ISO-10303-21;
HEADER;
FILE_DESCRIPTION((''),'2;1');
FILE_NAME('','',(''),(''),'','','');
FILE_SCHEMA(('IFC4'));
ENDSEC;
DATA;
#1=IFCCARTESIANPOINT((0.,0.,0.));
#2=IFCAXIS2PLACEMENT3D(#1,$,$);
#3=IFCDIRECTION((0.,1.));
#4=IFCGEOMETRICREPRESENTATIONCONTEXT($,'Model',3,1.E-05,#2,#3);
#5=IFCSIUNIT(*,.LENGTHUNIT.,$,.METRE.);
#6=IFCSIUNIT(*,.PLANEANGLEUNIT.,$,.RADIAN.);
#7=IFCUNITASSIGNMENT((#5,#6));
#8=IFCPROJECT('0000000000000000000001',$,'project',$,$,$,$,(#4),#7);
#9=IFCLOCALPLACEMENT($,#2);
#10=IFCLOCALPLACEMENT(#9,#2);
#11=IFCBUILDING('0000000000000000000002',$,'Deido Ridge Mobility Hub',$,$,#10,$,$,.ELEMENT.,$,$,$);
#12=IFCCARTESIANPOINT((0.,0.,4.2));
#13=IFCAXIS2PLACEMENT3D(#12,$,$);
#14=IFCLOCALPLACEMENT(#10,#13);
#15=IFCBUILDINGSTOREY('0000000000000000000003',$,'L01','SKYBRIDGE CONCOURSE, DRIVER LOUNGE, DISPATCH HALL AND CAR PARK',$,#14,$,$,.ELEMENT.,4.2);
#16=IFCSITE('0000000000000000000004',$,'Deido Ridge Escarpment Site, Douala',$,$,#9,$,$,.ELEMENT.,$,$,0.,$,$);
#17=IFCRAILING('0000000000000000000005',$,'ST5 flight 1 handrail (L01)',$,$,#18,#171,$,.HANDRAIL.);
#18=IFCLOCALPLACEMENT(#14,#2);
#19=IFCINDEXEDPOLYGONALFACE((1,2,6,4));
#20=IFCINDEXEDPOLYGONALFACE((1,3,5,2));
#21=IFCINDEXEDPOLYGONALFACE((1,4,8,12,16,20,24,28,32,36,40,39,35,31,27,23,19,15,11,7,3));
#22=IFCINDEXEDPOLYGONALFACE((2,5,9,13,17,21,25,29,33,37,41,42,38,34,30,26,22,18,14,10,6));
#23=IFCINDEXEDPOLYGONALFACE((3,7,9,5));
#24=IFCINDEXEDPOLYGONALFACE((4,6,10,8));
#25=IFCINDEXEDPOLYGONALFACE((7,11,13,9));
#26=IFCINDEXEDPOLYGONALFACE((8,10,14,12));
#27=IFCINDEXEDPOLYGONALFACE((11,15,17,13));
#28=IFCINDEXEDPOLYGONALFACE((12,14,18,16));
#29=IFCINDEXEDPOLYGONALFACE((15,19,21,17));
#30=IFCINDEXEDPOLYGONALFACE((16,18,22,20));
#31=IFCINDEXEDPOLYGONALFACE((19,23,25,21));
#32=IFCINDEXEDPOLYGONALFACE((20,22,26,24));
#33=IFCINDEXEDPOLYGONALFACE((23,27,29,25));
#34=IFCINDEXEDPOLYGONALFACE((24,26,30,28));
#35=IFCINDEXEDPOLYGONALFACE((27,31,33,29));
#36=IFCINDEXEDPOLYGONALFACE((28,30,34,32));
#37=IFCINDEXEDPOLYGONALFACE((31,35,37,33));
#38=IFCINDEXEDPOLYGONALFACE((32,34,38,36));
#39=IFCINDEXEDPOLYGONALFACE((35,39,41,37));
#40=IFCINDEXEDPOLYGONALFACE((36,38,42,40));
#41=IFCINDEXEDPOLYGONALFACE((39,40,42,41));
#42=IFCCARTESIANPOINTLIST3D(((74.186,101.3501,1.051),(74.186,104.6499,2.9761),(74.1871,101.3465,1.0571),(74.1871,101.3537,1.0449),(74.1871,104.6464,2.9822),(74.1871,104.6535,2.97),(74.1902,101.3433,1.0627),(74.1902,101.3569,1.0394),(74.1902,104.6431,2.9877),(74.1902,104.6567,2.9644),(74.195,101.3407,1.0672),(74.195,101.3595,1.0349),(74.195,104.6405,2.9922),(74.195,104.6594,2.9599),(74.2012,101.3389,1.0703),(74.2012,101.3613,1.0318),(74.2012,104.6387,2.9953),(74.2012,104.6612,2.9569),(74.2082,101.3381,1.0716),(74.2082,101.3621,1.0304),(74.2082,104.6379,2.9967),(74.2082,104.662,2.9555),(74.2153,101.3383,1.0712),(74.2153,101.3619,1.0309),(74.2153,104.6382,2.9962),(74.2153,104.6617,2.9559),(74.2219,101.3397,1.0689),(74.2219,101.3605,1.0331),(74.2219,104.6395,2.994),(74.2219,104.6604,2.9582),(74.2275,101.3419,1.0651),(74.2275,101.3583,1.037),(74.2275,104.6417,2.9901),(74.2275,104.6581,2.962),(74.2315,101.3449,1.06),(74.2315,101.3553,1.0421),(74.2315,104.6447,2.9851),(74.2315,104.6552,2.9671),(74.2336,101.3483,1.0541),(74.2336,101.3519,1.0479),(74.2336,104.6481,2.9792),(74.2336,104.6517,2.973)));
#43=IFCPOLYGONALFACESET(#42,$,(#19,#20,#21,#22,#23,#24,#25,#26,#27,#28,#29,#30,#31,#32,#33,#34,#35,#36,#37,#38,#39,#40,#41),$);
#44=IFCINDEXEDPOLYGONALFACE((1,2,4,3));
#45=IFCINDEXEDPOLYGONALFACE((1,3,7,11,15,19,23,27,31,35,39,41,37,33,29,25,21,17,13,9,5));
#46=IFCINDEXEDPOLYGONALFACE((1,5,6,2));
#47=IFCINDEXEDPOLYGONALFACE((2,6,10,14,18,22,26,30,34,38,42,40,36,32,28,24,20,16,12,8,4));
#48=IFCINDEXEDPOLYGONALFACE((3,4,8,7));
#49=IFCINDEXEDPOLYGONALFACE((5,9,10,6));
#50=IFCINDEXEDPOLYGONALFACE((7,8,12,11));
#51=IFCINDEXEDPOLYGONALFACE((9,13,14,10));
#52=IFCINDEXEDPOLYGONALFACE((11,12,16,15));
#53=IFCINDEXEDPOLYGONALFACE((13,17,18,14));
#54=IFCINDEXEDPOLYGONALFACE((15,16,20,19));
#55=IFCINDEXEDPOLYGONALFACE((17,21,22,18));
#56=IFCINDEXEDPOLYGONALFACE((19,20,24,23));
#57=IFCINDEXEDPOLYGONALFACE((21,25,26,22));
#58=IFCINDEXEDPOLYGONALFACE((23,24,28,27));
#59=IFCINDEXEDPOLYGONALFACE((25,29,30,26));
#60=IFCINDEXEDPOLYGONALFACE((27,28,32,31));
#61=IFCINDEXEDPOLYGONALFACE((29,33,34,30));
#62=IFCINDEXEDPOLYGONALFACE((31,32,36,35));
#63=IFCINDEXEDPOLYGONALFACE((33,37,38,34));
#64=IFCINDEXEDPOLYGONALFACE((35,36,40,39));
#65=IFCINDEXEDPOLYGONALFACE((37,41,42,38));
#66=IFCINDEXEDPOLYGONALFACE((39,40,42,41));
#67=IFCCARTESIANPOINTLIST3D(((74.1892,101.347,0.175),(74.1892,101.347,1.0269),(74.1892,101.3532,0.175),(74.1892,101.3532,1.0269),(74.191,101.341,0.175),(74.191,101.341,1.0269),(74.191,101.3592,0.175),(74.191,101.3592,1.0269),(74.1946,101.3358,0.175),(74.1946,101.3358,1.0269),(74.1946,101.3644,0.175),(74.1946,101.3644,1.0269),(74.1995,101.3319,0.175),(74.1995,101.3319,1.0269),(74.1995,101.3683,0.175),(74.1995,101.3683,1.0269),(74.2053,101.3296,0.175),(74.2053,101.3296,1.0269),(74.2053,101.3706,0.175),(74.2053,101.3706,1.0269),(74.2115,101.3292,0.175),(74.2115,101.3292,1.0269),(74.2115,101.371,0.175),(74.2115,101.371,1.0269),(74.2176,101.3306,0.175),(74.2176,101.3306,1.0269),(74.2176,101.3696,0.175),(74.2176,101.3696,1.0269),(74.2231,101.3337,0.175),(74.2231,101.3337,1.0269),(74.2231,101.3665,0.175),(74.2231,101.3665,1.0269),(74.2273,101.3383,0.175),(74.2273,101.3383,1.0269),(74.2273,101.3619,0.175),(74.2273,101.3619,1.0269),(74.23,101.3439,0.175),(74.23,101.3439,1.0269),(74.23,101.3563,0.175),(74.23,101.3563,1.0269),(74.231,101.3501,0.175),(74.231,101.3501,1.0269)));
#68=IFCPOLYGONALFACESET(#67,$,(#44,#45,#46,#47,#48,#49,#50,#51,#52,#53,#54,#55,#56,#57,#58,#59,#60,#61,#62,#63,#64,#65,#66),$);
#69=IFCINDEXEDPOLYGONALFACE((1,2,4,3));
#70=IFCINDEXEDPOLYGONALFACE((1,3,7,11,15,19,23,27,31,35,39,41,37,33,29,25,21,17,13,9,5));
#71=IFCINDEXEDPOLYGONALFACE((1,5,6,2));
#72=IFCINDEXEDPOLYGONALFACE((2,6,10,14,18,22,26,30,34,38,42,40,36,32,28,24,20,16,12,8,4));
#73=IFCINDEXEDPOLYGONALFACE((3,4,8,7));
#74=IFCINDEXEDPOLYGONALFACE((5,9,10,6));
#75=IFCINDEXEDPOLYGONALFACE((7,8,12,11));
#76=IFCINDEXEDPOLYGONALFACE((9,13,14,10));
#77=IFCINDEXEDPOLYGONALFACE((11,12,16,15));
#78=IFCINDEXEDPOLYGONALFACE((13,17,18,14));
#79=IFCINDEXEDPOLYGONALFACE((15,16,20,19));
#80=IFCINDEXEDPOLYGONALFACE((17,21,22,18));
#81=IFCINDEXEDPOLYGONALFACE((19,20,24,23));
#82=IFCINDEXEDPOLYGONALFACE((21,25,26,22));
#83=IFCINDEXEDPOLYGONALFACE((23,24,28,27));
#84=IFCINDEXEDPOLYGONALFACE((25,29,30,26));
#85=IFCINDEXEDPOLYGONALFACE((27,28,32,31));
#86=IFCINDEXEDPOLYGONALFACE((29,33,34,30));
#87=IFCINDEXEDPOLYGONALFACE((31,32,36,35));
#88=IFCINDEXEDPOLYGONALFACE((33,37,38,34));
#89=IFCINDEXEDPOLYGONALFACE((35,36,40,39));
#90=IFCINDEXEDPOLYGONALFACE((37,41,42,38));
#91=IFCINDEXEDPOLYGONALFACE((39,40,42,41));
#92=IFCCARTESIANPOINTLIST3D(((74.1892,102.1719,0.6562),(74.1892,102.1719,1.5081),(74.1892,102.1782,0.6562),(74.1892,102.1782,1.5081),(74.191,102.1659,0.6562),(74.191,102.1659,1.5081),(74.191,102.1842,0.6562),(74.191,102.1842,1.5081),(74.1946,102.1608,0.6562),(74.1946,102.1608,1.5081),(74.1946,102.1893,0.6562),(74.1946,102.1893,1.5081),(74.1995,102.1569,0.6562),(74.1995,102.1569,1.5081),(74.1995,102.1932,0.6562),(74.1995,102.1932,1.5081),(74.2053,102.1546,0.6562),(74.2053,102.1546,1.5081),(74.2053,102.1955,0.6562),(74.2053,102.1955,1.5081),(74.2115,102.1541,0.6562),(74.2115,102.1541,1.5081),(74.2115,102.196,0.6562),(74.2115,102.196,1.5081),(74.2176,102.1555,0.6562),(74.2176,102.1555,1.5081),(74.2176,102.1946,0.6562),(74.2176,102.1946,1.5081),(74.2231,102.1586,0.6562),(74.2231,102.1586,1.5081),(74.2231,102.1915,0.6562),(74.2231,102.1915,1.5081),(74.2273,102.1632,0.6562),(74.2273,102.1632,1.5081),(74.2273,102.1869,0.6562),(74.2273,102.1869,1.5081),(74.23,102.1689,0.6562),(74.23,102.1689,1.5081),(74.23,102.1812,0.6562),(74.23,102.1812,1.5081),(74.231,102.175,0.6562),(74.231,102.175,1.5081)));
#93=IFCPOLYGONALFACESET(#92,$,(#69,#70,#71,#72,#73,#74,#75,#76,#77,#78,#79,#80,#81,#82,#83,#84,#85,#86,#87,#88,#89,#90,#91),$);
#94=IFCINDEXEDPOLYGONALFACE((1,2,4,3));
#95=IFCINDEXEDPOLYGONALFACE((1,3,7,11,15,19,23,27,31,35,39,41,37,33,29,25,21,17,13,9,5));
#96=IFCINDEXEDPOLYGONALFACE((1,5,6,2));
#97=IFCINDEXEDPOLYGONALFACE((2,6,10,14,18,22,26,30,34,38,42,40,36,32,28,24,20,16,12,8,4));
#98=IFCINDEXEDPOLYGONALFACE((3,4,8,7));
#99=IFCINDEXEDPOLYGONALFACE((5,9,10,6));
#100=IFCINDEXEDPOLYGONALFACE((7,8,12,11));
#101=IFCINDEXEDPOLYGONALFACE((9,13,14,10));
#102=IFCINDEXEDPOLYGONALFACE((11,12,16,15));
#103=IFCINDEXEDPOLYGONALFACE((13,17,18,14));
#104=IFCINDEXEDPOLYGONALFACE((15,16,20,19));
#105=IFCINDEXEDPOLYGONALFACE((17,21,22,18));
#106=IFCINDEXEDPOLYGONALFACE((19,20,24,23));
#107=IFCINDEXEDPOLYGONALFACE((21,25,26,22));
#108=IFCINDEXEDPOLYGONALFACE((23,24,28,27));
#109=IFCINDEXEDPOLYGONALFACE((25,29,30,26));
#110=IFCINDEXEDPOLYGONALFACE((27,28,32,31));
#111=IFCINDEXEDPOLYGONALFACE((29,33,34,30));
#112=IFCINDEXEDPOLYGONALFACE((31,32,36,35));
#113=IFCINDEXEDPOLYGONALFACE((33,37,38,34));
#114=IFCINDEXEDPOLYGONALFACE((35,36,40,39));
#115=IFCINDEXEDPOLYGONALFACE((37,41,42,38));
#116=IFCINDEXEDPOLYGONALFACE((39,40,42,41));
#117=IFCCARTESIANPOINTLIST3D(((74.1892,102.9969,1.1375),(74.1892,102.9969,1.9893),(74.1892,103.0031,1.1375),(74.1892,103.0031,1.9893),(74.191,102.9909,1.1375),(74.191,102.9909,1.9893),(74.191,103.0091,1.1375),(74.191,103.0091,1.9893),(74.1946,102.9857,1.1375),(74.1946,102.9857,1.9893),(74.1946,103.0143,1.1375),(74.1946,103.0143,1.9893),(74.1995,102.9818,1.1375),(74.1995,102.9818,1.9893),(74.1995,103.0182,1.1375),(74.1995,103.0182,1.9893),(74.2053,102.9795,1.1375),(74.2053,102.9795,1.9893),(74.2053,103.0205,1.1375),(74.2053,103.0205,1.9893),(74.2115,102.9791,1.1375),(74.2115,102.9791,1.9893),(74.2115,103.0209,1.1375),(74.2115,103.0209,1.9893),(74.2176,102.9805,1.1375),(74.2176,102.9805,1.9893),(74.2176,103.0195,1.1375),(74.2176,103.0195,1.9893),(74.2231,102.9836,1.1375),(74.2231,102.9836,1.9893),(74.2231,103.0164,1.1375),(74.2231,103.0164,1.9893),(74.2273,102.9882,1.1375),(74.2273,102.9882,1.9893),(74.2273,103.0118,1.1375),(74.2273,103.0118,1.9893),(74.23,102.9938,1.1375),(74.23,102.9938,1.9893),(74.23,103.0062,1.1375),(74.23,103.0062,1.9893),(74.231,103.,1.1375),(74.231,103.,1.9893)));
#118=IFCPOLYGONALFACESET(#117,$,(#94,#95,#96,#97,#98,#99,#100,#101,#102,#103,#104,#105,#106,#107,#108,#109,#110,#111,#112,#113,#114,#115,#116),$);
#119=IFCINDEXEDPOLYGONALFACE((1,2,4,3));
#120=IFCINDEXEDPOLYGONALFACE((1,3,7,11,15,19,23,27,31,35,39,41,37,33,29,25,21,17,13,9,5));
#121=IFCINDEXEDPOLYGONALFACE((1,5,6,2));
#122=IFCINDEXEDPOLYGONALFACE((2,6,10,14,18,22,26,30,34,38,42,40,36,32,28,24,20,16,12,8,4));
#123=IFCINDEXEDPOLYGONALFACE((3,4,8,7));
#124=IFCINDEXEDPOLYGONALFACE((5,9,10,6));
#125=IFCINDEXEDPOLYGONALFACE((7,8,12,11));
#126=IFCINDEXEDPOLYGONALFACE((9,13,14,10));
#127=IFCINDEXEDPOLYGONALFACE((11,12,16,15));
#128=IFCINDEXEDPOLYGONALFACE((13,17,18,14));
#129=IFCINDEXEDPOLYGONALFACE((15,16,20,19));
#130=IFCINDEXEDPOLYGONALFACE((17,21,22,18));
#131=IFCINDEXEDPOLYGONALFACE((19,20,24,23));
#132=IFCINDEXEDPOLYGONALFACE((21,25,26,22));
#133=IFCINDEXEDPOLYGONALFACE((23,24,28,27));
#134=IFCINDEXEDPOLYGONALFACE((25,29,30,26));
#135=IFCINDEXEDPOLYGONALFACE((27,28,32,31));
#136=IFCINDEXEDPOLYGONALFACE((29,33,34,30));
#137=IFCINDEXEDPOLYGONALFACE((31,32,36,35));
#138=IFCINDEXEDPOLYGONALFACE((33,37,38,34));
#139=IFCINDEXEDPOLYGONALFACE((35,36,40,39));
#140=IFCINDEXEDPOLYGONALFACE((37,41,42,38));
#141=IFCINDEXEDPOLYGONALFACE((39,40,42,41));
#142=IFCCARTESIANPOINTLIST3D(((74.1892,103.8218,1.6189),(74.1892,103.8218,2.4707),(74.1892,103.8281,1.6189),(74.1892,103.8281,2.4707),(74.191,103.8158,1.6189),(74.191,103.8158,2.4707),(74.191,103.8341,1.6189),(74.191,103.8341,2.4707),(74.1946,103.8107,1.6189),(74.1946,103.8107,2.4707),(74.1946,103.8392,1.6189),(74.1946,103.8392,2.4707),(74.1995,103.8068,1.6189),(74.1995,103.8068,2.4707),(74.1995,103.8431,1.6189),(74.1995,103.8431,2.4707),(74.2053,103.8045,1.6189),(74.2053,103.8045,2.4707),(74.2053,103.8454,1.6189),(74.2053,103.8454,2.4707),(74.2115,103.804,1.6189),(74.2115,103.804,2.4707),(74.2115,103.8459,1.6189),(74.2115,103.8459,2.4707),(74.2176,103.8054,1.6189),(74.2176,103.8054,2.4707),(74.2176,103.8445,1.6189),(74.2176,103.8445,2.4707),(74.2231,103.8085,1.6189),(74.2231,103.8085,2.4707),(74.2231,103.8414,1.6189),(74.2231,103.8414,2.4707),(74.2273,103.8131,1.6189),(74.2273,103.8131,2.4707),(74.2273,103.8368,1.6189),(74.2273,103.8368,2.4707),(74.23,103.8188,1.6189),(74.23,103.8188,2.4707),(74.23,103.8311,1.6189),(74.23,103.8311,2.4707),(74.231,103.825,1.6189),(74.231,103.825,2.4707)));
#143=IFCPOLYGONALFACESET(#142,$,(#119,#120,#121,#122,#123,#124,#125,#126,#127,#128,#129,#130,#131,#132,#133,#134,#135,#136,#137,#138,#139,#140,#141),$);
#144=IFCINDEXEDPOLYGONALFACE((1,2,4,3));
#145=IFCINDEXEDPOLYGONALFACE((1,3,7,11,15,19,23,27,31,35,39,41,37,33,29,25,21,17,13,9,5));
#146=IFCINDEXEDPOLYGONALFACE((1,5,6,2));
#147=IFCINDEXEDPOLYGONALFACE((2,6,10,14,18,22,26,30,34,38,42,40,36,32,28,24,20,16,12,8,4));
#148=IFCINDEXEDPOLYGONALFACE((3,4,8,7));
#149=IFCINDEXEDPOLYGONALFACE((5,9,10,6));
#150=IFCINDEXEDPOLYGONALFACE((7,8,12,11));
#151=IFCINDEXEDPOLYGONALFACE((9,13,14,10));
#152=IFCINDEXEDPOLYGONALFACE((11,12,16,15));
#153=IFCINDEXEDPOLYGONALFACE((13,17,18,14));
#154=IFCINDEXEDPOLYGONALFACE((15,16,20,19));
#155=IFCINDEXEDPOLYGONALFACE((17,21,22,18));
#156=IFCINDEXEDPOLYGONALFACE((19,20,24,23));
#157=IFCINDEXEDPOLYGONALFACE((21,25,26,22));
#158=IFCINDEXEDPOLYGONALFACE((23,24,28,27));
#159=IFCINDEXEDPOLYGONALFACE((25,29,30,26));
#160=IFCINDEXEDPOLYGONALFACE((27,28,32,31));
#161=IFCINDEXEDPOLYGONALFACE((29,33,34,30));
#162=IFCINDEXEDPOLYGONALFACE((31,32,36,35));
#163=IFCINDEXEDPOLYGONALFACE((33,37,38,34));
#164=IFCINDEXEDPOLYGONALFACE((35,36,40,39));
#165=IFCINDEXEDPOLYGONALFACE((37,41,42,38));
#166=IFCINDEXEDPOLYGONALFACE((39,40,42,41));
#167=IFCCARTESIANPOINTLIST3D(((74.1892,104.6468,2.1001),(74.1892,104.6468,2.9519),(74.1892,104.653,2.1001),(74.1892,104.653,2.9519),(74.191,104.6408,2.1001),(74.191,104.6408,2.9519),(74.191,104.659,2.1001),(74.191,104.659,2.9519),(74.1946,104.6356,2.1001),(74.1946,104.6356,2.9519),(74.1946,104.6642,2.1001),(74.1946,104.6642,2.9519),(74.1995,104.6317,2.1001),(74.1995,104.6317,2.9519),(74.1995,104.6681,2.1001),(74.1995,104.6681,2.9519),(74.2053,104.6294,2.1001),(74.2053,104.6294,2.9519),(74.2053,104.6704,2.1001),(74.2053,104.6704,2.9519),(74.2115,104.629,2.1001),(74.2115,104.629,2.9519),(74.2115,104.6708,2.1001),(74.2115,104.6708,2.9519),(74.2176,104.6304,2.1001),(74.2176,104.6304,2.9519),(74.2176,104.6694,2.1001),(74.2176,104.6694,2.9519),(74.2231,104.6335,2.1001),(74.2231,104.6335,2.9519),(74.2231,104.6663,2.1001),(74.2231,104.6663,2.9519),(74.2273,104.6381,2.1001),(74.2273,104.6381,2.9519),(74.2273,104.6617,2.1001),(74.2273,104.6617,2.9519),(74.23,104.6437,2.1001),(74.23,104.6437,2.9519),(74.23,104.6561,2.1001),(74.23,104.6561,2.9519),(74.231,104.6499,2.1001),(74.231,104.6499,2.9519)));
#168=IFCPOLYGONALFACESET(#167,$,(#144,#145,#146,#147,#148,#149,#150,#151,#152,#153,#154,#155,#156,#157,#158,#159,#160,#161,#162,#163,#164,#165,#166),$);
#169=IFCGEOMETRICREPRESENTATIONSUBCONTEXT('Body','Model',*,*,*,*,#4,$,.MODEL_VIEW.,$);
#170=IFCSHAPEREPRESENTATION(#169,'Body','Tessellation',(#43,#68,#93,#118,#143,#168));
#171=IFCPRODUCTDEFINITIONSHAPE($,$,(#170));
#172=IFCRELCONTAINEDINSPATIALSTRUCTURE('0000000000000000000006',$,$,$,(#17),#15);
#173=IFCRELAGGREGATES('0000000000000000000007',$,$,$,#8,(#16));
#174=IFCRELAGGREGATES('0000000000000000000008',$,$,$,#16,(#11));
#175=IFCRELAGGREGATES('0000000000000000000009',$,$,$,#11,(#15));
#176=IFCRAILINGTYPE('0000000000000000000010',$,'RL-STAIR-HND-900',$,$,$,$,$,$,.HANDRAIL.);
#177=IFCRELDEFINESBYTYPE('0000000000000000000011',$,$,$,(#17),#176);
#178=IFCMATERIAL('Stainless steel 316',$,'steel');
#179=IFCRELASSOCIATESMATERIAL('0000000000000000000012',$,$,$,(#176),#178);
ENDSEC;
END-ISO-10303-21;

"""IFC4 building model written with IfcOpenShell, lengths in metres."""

from ifc_helpers import new_model, si_unit, direction, frame, origin, origin_2d, place, context, subcontext, project, spatial, circle, extrude, material, type_object, element, save


model = new_model("IFC4")

# Units and contexts
model_context = context("Model", 3, precision=1e-05, world=origin(), true_north=direction((0.0, 1.0)))
body_context = subcontext(model_context, "Body", "Model", "MODEL_VIEW")
ifc_project = project(units=[si_unit("LENGTHUNIT", "METRE"), si_unit("PLANEANGLEUNIT", "RADIAN")], contexts=[model_context])

# Site, building, storey
site_placement = place(None, origin())
site = spatial("IfcSite", under=ifc_project, at=site_placement, Name="Deido Ridge Escarpment Site, Douala", CompositionType="ELEMENT", RefElevation=0.0)
building_placement = place(site_placement, origin())
building = spatial("IfcBuilding", under=site, at=building_placement, Name="Deido Ridge Mobility Hub", CompositionType="ELEMENT")
storey_placement = place(building_placement, frame((0.0, 0.0, 4.2)))
storey = spatial("IfcBuildingStorey", under=building, at=storey_placement, Name="L01", Description="SKYBRIDGE CONCOURSE, DRIVER LOUNGE, DISPATCH HALL AND CAR PARK", CompositionType="ELEMENT", Elevation=4.2)

# Railing
ifc_material_1 = material(Name="Stainless steel 316", Category="steel")
railing_type_1 = type_object("IfcRailingType", Name="RL-STAIR-HND-900", PredefinedType="HANDRAIL", material=ifc_material_1)
railing_1_placement = place(storey_placement, frame((74.21, 101.3501, 0.175)))
element("IfcRailing", 1, at=railing_1_placement, inside=storey, type_object=railing_type_1, Name="ST5 flight 1 handrail (L01)", PredefinedType="HANDRAIL", context=body_context, shape_type="SweptSolid", body=[
    extrude(circle(Radius=0.0239, at=origin_2d()), frame((0.0, 0.0, 0.876), z_axis=(0.0, 0.86376, 0.503903), x_axis=(-1.0, 0.0, 0.0)), (0.0, 0.0, 1.0), 3.8203),
    extrude(circle(Radius=0.021, at=origin_2d()), origin(), (0.0, 0.0, 1.0), 0.8518),
    extrude(circle(Radius=0.021, at=origin_2d()), frame((0.0, 0.825, 0.4812)), (0.0, 0.0, 1.0), 0.8518),
    extrude(circle(Radius=0.021, at=origin_2d()), frame((0.0, 1.6499, 0.9624)), (0.0, 0.0, 1.0), 0.8518),
    extrude(circle(Radius=0.021, at=origin_2d()), frame((0.0, 2.4749, 1.4438)), (0.0, 0.0, 1.0), 0.8518),
    extrude(circle(Radius=0.021, at=origin_2d()), frame((0.0, 3.2998, 1.925)), (0.0, 0.0, 1.0), 0.8518),
])

save(model, "model.ifc")
